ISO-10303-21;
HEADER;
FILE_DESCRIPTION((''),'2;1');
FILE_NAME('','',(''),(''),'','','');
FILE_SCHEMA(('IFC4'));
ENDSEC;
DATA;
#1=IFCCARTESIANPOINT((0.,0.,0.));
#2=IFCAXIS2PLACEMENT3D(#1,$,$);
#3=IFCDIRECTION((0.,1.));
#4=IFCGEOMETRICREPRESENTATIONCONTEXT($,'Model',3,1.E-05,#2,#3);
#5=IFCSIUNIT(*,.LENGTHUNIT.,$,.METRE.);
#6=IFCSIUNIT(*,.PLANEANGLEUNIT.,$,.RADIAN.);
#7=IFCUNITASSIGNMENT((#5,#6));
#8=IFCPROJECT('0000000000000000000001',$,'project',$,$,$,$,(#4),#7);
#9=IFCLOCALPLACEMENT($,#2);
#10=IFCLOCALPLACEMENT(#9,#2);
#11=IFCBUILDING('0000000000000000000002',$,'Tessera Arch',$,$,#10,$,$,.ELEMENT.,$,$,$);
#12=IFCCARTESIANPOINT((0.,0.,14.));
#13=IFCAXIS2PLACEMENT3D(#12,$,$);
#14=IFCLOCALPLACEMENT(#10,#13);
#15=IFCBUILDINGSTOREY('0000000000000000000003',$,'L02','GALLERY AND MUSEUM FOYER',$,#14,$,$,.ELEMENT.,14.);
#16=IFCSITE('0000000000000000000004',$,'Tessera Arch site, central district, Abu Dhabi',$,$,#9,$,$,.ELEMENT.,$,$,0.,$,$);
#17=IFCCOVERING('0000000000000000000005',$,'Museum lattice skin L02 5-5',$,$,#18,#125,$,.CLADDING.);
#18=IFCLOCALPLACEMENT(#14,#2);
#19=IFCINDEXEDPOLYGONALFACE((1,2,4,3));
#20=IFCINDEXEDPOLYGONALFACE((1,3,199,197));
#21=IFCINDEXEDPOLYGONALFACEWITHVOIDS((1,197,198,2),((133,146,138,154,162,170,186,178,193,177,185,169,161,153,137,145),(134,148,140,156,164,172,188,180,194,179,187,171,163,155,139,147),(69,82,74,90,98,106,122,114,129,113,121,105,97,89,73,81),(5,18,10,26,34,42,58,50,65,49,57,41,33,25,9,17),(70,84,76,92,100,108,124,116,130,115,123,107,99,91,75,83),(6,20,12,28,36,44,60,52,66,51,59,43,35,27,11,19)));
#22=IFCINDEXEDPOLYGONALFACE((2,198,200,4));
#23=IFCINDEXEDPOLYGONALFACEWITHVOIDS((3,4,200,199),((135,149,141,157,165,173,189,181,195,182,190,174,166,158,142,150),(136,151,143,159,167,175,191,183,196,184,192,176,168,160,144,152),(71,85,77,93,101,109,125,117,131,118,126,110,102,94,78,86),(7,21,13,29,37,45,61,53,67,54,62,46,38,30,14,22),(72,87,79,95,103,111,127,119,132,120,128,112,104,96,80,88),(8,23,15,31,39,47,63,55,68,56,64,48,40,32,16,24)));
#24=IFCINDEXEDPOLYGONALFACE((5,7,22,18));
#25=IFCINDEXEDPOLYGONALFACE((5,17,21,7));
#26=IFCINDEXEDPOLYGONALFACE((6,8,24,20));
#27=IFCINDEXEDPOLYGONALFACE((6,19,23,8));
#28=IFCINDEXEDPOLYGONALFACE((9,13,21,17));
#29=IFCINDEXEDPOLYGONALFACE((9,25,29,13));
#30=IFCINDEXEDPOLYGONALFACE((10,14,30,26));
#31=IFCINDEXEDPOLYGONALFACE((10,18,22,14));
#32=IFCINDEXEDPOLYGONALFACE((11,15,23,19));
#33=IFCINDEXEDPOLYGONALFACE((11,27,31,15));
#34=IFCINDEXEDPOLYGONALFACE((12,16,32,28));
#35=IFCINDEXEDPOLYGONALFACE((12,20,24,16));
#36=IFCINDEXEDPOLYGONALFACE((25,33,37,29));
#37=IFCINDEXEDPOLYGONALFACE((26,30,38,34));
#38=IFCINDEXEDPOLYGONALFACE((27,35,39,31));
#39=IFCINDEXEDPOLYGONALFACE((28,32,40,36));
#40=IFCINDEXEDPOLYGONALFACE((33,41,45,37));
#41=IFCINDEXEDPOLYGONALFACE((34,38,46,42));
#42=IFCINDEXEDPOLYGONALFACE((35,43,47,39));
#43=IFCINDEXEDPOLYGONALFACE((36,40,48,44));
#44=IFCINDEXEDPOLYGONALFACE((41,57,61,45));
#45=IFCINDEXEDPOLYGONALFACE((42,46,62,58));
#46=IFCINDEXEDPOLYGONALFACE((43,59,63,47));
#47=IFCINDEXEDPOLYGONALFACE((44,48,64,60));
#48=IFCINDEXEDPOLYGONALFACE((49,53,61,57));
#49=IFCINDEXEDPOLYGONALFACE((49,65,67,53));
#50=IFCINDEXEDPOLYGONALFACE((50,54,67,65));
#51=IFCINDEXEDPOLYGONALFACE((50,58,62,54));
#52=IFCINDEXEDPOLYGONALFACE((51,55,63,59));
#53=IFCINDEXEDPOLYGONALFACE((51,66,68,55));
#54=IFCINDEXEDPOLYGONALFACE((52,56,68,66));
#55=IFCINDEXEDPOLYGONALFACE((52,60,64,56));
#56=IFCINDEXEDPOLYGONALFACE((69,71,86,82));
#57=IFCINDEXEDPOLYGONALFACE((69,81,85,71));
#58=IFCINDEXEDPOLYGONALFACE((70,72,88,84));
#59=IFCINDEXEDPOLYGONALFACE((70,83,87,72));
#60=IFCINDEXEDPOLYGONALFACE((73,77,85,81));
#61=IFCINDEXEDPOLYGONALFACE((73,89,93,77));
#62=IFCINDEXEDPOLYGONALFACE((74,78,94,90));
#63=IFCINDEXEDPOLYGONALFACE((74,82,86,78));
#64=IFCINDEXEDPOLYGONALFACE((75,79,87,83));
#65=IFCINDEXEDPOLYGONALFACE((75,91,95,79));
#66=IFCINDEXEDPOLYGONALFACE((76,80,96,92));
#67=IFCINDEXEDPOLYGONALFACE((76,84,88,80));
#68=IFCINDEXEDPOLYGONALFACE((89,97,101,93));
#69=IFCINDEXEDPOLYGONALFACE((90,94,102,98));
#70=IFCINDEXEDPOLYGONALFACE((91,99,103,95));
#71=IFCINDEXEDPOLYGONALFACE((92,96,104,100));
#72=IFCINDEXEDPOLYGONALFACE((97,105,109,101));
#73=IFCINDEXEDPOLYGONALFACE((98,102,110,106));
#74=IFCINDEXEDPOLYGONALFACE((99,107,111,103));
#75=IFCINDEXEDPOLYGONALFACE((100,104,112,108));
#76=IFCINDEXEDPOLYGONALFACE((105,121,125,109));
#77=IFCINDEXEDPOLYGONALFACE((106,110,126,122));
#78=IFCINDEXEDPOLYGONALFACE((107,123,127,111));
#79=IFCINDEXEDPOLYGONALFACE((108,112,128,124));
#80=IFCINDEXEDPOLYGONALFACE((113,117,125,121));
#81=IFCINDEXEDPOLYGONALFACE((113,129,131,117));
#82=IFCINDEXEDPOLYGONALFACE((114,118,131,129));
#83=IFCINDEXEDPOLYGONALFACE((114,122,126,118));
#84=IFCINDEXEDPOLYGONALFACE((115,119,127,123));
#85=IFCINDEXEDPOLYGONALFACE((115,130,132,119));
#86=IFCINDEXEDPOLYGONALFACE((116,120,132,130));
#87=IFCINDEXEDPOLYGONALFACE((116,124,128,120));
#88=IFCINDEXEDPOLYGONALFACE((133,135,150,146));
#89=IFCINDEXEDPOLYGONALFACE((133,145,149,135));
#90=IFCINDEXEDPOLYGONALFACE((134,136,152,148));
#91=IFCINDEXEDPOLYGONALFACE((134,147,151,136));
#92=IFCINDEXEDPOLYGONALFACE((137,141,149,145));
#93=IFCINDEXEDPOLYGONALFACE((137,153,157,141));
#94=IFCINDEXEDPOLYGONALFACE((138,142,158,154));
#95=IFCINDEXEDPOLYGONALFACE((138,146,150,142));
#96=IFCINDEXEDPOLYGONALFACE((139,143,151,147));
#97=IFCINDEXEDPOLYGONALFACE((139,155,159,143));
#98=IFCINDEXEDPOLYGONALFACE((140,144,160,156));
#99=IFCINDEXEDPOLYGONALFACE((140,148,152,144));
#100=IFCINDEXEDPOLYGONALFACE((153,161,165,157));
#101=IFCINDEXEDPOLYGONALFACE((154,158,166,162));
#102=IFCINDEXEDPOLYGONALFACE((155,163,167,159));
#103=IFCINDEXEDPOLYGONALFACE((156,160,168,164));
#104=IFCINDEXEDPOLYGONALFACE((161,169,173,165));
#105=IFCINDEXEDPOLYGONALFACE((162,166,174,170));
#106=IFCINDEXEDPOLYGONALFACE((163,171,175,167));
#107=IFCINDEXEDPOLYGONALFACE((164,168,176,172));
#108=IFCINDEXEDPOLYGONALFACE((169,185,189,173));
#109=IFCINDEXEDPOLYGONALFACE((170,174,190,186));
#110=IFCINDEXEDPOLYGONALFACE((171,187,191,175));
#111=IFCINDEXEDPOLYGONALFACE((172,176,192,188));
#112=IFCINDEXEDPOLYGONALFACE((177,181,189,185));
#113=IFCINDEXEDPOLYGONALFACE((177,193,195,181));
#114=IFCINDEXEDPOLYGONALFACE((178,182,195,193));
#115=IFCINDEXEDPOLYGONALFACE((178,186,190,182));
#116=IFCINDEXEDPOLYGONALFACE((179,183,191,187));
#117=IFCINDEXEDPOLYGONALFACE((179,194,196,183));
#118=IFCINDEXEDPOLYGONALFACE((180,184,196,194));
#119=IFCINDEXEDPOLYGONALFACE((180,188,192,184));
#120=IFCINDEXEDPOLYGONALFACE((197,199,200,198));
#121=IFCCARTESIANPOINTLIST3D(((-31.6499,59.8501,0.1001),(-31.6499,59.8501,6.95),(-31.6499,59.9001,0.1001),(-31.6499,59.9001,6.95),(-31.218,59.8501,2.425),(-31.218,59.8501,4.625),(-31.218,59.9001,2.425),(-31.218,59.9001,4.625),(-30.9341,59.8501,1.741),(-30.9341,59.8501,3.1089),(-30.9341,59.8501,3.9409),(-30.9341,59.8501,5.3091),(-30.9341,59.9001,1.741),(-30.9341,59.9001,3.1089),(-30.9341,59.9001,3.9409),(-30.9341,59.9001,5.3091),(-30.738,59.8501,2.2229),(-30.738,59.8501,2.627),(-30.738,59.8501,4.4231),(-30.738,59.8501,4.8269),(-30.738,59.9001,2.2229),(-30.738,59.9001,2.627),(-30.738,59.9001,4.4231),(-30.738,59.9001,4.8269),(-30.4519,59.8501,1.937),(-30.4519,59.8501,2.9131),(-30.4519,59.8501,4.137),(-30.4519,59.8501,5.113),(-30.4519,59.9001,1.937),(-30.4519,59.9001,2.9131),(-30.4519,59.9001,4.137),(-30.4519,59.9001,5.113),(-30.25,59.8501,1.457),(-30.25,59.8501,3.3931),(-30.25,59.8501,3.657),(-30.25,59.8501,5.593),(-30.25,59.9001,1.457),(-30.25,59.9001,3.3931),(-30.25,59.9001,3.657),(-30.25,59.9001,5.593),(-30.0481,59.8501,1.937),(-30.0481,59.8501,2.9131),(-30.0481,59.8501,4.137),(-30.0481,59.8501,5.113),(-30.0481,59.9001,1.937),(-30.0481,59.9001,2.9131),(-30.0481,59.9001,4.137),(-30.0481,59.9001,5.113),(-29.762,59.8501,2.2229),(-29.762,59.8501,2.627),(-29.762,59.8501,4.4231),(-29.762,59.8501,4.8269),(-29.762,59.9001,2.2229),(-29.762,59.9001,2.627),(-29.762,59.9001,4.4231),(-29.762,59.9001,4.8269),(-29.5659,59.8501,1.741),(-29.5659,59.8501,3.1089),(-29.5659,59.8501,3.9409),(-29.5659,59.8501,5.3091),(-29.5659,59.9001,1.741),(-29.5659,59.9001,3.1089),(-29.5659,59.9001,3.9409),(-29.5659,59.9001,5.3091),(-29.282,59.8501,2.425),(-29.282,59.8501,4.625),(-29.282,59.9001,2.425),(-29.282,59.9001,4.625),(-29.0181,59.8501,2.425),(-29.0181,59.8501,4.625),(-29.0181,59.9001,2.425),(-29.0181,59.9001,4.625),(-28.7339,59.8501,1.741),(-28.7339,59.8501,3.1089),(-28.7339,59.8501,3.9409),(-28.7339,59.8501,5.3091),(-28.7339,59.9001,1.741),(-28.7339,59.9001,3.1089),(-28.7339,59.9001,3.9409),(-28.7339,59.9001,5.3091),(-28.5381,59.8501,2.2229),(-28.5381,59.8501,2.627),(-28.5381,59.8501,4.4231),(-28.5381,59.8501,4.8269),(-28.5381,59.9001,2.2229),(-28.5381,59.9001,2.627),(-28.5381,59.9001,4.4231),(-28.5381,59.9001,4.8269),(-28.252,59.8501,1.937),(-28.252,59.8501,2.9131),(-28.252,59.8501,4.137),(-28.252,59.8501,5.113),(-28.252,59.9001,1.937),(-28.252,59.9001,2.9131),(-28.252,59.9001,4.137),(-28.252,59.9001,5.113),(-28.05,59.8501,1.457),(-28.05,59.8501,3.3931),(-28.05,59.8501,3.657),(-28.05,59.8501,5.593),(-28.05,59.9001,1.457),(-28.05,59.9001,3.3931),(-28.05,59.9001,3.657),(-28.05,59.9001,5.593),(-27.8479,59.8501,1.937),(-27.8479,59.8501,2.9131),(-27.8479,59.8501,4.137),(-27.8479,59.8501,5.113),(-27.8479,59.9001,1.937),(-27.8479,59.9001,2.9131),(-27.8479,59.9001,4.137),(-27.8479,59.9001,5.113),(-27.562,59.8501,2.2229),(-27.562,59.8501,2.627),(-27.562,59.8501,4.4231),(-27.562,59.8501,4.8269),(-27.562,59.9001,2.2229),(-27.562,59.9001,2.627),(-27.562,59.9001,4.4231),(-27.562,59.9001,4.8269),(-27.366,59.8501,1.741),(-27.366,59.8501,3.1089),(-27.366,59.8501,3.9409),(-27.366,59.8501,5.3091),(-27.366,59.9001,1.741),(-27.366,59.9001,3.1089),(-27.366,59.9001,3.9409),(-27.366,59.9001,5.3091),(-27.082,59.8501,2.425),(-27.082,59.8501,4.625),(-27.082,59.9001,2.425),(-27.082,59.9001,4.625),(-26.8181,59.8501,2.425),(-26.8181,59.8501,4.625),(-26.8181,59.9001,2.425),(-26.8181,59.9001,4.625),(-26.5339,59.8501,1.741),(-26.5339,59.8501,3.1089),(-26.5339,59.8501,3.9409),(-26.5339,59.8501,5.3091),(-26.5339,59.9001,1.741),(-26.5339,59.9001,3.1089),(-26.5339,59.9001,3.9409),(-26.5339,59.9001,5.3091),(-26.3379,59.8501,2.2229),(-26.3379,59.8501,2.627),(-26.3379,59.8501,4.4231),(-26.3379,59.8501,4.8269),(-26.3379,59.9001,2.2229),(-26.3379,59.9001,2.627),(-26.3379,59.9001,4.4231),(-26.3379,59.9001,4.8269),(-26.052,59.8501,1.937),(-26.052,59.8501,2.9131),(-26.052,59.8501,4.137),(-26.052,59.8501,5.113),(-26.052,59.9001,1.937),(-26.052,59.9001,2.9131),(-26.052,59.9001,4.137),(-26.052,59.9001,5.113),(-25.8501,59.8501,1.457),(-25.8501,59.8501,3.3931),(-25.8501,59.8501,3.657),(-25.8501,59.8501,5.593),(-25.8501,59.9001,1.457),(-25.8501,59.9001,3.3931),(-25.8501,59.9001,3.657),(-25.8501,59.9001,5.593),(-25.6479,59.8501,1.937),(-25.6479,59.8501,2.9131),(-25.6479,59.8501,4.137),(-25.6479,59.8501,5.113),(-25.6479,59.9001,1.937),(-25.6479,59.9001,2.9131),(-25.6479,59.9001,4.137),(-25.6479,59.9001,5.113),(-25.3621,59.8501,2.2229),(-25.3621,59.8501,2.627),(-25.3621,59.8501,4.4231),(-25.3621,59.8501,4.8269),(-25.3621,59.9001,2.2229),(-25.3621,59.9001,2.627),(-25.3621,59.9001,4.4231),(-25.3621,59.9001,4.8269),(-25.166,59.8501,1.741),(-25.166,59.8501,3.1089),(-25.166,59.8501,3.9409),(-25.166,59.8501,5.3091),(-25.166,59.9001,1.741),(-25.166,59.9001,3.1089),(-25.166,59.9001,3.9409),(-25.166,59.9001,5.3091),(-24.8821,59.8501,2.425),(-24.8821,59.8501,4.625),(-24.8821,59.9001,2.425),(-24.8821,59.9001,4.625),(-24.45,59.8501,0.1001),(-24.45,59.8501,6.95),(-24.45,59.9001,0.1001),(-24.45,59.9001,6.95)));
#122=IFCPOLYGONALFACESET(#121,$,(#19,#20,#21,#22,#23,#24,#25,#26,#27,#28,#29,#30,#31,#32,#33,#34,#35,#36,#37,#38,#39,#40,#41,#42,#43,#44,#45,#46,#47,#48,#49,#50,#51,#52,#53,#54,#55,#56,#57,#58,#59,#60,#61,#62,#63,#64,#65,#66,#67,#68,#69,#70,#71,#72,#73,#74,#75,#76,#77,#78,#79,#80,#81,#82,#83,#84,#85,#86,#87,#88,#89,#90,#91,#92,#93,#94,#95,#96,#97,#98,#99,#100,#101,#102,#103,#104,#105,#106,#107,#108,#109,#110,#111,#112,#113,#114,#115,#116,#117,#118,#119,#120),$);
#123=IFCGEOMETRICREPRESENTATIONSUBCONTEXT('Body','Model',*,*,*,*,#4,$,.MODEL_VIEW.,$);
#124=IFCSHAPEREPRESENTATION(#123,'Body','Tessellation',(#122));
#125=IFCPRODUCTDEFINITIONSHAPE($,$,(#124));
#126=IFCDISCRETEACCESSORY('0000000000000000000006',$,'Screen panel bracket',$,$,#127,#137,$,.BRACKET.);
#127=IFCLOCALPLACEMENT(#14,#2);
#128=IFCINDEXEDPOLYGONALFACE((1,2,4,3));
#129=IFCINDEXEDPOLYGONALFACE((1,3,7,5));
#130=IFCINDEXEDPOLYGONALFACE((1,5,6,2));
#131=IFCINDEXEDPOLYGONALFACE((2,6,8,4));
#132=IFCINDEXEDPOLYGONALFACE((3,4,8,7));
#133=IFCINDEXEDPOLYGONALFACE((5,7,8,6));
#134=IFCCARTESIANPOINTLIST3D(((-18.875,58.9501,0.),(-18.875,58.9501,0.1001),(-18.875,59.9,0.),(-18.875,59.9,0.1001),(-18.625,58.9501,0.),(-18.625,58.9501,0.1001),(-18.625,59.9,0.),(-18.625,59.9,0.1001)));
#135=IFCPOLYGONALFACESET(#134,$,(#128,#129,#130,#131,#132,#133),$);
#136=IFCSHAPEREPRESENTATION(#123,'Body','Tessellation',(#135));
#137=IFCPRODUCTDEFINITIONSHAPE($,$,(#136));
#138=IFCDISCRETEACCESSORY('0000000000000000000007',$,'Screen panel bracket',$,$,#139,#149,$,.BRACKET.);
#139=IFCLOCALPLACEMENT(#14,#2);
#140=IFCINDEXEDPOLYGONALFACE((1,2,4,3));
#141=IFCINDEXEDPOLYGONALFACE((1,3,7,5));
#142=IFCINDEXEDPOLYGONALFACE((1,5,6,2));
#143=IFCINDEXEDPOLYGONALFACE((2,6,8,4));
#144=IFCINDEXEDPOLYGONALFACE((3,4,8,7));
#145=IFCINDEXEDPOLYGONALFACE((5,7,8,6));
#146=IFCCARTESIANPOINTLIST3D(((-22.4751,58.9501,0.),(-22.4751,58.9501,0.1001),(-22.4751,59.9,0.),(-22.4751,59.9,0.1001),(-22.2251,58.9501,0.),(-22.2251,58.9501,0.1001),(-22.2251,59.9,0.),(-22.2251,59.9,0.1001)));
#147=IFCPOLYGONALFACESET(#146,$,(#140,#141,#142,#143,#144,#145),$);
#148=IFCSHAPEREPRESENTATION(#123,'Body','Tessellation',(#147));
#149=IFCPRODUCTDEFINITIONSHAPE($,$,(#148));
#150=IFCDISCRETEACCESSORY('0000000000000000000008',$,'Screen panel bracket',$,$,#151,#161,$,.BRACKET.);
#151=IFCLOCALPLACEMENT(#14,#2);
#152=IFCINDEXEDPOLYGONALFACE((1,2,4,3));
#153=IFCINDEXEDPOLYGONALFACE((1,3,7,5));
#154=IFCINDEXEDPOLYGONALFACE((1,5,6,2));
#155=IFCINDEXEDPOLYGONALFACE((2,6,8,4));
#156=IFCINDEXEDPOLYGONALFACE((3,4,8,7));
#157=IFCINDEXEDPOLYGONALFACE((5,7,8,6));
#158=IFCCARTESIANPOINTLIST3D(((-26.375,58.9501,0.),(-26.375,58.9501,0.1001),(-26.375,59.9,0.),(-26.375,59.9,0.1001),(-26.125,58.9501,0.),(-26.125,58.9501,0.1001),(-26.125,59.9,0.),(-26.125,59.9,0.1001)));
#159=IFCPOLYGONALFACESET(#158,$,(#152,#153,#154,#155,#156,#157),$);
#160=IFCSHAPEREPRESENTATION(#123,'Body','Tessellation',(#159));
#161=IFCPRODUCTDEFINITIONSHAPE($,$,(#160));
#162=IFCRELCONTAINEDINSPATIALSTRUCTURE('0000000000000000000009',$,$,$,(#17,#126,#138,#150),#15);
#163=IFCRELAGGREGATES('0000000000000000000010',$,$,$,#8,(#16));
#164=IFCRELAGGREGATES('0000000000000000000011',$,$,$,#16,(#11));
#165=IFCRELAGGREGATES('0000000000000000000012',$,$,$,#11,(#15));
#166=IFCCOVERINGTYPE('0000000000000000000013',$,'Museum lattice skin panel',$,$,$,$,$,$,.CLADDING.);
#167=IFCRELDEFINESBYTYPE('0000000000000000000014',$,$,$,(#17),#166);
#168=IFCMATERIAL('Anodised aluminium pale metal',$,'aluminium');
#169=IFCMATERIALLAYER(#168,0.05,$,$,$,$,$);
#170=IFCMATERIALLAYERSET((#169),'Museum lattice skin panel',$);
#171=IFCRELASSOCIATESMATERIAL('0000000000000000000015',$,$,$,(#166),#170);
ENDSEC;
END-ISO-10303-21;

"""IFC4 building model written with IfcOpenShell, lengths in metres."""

from ifc_helpers import new_model, si_unit, direction, frame, origin, origin_2d, place, context, subcontext, project, spatial, polyline, rectangle, outline, extrude, material, layer, layer_set, type_object, element, save


model = new_model("IFC4")

# Units and contexts
model_context = context("Model", 3, precision=1e-05, world=origin(), true_north=direction((0.0, 1.0)))
body_context = subcontext(model_context, "Body", "Model", "MODEL_VIEW")
ifc_project = project(units=[si_unit("LENGTHUNIT", "METRE"), si_unit("PLANEANGLEUNIT", "RADIAN")], contexts=[model_context])

# Site, building, storey
site_placement = place(None, origin())
site = spatial("IfcSite", under=ifc_project, at=site_placement, Name="Tessera Arch site, central district, Abu Dhabi", CompositionType="ELEMENT", RefElevation=0.0)
building_placement = place(site_placement, origin())
building = spatial("IfcBuilding", under=site, at=building_placement, Name="Tessera Arch", CompositionType="ELEMENT")
storey_placement = place(building_placement, frame((0.0, 0.0, 14.0)))
storey = spatial("IfcBuildingStorey", under=building, at=storey_placement, Name="L02", Description="GALLERY AND MUSEUM FOYER", CompositionType="ELEMENT", Elevation=14.0)

# Covering
ifc_material_1 = material(Name="Anodised aluminium pale metal", Category="aluminium")
ifc_layer_1 = layer(ifc_material_1, 0.05)
ifc_layer_set_1 = layer_set([ifc_layer_1], Name="Museum lattice skin panel")
covering_type = type_object("IfcCoveringType", Name="Museum lattice skin panel", PredefinedType="CLADDING", material=ifc_layer_set_1)
covering_1_placement = place(storey_placement, frame((-24.45, 59.8501, 6.95), z_axis=(0.0, -1.0, 0.0), x_axis=(-1.0, 0.0, 0.0)))
element("IfcCovering", 1, at=covering_1_placement, inside=storey, type_object=covering_type, Name="Museum lattice skin L02 5-5", PredefinedType="CLADDING", context=body_context, shape_type="SweptSolid", body=[
    extrude(outline(polyline([(0.0, 0.0), (7.2, 0.0), (7.2, 6.8499), (0.0, 6.8499), (0.0, 0.0)]), holes=[polyline([(2.3682, 4.5249), (1.8879, 4.323), (2.084, 3.8411), (1.6021, 4.0369), (1.4001, 3.5569), (1.198, 4.0369), (0.7161, 3.8411), (0.9121, 4.323), (0.4321, 4.5249), (0.9121, 4.7271), (0.7161, 5.209), (1.198, 5.0129), (1.4001, 5.4929), (1.6021, 5.0129), (2.084, 5.209), (1.8879, 4.7271), (2.3682, 4.5249)]), polyline([(2.3682, 2.325), (1.8879, 2.123), (2.084, 1.6409), (1.6021, 1.8369), (1.4001, 1.3569), (1.198, 1.8369), (0.7161, 1.6409), (0.9121, 2.123), (0.4321, 2.325), (0.9121, 2.5269), (0.7161, 3.009), (1.198, 2.813), (1.4001, 3.293), (1.6021, 2.813), (2.084, 3.009), (1.8879, 2.5269), (2.3682, 2.325)]), polyline([(4.5681, 4.5249), (4.0881, 4.323), (4.2839, 3.8411), (3.802, 4.0369), (3.6001, 3.5569), (3.3979, 4.0369), (2.916, 3.8411), (3.1121, 4.323), (2.6321, 4.5249), (3.1121, 4.7271), (2.916, 5.209), (3.3979, 5.0129), (3.6001, 5.4929), (3.802, 5.0129), (4.2839, 5.209), (4.0881, 4.7271), (4.5681, 4.5249)]), polyline([(4.5681, 2.325), (4.0881, 2.123), (4.2839, 1.6409), (3.802, 1.8369), (3.6001, 1.3569), (3.3979, 1.8369), (2.916, 1.6409), (3.1121, 2.123), (2.6321, 2.325), (3.1121, 2.5269), (2.916, 3.009), (3.3979, 2.813), (3.6001, 3.293), (3.802, 2.813), (4.2839, 3.009), (4.0881, 2.5269), (4.5681, 2.325)]), polyline([(6.7681, 4.5249), (6.2881, 4.323), (6.4841, 3.8411), (6.002, 4.0369), (5.8, 3.5569), (5.5981, 4.0369), (5.116, 3.8411), (5.312, 4.323), (4.832, 4.5249), (5.312, 4.7271), (5.116, 5.209), (5.5981, 5.0129), (5.8, 5.4929), (6.002, 5.0129), (6.4841, 5.209), (6.2881, 4.7271), (6.7681, 4.5249)]), polyline([(6.7681, 2.325), (6.2881, 2.123), (6.4841, 1.6409), (6.002, 1.8369), (5.8, 1.3569), (5.5981, 1.8369), (5.116, 1.6409), (5.312, 2.123), (4.832, 2.325), (5.312, 2.5269), (5.116, 3.009), (5.5981, 2.813), (5.8, 3.293), (6.002, 2.813), (6.4841, 3.009), (6.2881, 2.5269), (6.7681, 2.325)])]), origin(), (0.0, 0.0, -1.0), 0.05),
])

# Discrete accessories
for number, where, z_axis, x_axis, name in (
    (2, (-18.75, 59.425, 0.0), (0.0, 0.0, 1.0), (0.0, 1.0, 0.0), "Screen panel bracket"),
    (3, (-22.3501, 59.425, 0.0), (0.0, 0.0, 1.0), (0.0, 1.0, 0.0), "Screen panel bracket"),
    (4, (-26.25, 59.425, 0.0), (0.0, 0.0, 1.0), (0.0, 1.0, 0.0), "Screen panel bracket"),
):
    element("IfcDiscreteAccessory", number, at=place(storey_placement, frame(where, z_axis=z_axis, x_axis=x_axis)), inside=storey, Name=name, PredefinedType="BRACKET", context=body_context, shape_type="SweptSolid", body=[
        extrude(rectangle(XDim=0.95, YDim=0.25, at=origin_2d()), origin(), (0.0, 0.0, 1.0), 0.1001),
    ])

save(model, "model.ifc")
